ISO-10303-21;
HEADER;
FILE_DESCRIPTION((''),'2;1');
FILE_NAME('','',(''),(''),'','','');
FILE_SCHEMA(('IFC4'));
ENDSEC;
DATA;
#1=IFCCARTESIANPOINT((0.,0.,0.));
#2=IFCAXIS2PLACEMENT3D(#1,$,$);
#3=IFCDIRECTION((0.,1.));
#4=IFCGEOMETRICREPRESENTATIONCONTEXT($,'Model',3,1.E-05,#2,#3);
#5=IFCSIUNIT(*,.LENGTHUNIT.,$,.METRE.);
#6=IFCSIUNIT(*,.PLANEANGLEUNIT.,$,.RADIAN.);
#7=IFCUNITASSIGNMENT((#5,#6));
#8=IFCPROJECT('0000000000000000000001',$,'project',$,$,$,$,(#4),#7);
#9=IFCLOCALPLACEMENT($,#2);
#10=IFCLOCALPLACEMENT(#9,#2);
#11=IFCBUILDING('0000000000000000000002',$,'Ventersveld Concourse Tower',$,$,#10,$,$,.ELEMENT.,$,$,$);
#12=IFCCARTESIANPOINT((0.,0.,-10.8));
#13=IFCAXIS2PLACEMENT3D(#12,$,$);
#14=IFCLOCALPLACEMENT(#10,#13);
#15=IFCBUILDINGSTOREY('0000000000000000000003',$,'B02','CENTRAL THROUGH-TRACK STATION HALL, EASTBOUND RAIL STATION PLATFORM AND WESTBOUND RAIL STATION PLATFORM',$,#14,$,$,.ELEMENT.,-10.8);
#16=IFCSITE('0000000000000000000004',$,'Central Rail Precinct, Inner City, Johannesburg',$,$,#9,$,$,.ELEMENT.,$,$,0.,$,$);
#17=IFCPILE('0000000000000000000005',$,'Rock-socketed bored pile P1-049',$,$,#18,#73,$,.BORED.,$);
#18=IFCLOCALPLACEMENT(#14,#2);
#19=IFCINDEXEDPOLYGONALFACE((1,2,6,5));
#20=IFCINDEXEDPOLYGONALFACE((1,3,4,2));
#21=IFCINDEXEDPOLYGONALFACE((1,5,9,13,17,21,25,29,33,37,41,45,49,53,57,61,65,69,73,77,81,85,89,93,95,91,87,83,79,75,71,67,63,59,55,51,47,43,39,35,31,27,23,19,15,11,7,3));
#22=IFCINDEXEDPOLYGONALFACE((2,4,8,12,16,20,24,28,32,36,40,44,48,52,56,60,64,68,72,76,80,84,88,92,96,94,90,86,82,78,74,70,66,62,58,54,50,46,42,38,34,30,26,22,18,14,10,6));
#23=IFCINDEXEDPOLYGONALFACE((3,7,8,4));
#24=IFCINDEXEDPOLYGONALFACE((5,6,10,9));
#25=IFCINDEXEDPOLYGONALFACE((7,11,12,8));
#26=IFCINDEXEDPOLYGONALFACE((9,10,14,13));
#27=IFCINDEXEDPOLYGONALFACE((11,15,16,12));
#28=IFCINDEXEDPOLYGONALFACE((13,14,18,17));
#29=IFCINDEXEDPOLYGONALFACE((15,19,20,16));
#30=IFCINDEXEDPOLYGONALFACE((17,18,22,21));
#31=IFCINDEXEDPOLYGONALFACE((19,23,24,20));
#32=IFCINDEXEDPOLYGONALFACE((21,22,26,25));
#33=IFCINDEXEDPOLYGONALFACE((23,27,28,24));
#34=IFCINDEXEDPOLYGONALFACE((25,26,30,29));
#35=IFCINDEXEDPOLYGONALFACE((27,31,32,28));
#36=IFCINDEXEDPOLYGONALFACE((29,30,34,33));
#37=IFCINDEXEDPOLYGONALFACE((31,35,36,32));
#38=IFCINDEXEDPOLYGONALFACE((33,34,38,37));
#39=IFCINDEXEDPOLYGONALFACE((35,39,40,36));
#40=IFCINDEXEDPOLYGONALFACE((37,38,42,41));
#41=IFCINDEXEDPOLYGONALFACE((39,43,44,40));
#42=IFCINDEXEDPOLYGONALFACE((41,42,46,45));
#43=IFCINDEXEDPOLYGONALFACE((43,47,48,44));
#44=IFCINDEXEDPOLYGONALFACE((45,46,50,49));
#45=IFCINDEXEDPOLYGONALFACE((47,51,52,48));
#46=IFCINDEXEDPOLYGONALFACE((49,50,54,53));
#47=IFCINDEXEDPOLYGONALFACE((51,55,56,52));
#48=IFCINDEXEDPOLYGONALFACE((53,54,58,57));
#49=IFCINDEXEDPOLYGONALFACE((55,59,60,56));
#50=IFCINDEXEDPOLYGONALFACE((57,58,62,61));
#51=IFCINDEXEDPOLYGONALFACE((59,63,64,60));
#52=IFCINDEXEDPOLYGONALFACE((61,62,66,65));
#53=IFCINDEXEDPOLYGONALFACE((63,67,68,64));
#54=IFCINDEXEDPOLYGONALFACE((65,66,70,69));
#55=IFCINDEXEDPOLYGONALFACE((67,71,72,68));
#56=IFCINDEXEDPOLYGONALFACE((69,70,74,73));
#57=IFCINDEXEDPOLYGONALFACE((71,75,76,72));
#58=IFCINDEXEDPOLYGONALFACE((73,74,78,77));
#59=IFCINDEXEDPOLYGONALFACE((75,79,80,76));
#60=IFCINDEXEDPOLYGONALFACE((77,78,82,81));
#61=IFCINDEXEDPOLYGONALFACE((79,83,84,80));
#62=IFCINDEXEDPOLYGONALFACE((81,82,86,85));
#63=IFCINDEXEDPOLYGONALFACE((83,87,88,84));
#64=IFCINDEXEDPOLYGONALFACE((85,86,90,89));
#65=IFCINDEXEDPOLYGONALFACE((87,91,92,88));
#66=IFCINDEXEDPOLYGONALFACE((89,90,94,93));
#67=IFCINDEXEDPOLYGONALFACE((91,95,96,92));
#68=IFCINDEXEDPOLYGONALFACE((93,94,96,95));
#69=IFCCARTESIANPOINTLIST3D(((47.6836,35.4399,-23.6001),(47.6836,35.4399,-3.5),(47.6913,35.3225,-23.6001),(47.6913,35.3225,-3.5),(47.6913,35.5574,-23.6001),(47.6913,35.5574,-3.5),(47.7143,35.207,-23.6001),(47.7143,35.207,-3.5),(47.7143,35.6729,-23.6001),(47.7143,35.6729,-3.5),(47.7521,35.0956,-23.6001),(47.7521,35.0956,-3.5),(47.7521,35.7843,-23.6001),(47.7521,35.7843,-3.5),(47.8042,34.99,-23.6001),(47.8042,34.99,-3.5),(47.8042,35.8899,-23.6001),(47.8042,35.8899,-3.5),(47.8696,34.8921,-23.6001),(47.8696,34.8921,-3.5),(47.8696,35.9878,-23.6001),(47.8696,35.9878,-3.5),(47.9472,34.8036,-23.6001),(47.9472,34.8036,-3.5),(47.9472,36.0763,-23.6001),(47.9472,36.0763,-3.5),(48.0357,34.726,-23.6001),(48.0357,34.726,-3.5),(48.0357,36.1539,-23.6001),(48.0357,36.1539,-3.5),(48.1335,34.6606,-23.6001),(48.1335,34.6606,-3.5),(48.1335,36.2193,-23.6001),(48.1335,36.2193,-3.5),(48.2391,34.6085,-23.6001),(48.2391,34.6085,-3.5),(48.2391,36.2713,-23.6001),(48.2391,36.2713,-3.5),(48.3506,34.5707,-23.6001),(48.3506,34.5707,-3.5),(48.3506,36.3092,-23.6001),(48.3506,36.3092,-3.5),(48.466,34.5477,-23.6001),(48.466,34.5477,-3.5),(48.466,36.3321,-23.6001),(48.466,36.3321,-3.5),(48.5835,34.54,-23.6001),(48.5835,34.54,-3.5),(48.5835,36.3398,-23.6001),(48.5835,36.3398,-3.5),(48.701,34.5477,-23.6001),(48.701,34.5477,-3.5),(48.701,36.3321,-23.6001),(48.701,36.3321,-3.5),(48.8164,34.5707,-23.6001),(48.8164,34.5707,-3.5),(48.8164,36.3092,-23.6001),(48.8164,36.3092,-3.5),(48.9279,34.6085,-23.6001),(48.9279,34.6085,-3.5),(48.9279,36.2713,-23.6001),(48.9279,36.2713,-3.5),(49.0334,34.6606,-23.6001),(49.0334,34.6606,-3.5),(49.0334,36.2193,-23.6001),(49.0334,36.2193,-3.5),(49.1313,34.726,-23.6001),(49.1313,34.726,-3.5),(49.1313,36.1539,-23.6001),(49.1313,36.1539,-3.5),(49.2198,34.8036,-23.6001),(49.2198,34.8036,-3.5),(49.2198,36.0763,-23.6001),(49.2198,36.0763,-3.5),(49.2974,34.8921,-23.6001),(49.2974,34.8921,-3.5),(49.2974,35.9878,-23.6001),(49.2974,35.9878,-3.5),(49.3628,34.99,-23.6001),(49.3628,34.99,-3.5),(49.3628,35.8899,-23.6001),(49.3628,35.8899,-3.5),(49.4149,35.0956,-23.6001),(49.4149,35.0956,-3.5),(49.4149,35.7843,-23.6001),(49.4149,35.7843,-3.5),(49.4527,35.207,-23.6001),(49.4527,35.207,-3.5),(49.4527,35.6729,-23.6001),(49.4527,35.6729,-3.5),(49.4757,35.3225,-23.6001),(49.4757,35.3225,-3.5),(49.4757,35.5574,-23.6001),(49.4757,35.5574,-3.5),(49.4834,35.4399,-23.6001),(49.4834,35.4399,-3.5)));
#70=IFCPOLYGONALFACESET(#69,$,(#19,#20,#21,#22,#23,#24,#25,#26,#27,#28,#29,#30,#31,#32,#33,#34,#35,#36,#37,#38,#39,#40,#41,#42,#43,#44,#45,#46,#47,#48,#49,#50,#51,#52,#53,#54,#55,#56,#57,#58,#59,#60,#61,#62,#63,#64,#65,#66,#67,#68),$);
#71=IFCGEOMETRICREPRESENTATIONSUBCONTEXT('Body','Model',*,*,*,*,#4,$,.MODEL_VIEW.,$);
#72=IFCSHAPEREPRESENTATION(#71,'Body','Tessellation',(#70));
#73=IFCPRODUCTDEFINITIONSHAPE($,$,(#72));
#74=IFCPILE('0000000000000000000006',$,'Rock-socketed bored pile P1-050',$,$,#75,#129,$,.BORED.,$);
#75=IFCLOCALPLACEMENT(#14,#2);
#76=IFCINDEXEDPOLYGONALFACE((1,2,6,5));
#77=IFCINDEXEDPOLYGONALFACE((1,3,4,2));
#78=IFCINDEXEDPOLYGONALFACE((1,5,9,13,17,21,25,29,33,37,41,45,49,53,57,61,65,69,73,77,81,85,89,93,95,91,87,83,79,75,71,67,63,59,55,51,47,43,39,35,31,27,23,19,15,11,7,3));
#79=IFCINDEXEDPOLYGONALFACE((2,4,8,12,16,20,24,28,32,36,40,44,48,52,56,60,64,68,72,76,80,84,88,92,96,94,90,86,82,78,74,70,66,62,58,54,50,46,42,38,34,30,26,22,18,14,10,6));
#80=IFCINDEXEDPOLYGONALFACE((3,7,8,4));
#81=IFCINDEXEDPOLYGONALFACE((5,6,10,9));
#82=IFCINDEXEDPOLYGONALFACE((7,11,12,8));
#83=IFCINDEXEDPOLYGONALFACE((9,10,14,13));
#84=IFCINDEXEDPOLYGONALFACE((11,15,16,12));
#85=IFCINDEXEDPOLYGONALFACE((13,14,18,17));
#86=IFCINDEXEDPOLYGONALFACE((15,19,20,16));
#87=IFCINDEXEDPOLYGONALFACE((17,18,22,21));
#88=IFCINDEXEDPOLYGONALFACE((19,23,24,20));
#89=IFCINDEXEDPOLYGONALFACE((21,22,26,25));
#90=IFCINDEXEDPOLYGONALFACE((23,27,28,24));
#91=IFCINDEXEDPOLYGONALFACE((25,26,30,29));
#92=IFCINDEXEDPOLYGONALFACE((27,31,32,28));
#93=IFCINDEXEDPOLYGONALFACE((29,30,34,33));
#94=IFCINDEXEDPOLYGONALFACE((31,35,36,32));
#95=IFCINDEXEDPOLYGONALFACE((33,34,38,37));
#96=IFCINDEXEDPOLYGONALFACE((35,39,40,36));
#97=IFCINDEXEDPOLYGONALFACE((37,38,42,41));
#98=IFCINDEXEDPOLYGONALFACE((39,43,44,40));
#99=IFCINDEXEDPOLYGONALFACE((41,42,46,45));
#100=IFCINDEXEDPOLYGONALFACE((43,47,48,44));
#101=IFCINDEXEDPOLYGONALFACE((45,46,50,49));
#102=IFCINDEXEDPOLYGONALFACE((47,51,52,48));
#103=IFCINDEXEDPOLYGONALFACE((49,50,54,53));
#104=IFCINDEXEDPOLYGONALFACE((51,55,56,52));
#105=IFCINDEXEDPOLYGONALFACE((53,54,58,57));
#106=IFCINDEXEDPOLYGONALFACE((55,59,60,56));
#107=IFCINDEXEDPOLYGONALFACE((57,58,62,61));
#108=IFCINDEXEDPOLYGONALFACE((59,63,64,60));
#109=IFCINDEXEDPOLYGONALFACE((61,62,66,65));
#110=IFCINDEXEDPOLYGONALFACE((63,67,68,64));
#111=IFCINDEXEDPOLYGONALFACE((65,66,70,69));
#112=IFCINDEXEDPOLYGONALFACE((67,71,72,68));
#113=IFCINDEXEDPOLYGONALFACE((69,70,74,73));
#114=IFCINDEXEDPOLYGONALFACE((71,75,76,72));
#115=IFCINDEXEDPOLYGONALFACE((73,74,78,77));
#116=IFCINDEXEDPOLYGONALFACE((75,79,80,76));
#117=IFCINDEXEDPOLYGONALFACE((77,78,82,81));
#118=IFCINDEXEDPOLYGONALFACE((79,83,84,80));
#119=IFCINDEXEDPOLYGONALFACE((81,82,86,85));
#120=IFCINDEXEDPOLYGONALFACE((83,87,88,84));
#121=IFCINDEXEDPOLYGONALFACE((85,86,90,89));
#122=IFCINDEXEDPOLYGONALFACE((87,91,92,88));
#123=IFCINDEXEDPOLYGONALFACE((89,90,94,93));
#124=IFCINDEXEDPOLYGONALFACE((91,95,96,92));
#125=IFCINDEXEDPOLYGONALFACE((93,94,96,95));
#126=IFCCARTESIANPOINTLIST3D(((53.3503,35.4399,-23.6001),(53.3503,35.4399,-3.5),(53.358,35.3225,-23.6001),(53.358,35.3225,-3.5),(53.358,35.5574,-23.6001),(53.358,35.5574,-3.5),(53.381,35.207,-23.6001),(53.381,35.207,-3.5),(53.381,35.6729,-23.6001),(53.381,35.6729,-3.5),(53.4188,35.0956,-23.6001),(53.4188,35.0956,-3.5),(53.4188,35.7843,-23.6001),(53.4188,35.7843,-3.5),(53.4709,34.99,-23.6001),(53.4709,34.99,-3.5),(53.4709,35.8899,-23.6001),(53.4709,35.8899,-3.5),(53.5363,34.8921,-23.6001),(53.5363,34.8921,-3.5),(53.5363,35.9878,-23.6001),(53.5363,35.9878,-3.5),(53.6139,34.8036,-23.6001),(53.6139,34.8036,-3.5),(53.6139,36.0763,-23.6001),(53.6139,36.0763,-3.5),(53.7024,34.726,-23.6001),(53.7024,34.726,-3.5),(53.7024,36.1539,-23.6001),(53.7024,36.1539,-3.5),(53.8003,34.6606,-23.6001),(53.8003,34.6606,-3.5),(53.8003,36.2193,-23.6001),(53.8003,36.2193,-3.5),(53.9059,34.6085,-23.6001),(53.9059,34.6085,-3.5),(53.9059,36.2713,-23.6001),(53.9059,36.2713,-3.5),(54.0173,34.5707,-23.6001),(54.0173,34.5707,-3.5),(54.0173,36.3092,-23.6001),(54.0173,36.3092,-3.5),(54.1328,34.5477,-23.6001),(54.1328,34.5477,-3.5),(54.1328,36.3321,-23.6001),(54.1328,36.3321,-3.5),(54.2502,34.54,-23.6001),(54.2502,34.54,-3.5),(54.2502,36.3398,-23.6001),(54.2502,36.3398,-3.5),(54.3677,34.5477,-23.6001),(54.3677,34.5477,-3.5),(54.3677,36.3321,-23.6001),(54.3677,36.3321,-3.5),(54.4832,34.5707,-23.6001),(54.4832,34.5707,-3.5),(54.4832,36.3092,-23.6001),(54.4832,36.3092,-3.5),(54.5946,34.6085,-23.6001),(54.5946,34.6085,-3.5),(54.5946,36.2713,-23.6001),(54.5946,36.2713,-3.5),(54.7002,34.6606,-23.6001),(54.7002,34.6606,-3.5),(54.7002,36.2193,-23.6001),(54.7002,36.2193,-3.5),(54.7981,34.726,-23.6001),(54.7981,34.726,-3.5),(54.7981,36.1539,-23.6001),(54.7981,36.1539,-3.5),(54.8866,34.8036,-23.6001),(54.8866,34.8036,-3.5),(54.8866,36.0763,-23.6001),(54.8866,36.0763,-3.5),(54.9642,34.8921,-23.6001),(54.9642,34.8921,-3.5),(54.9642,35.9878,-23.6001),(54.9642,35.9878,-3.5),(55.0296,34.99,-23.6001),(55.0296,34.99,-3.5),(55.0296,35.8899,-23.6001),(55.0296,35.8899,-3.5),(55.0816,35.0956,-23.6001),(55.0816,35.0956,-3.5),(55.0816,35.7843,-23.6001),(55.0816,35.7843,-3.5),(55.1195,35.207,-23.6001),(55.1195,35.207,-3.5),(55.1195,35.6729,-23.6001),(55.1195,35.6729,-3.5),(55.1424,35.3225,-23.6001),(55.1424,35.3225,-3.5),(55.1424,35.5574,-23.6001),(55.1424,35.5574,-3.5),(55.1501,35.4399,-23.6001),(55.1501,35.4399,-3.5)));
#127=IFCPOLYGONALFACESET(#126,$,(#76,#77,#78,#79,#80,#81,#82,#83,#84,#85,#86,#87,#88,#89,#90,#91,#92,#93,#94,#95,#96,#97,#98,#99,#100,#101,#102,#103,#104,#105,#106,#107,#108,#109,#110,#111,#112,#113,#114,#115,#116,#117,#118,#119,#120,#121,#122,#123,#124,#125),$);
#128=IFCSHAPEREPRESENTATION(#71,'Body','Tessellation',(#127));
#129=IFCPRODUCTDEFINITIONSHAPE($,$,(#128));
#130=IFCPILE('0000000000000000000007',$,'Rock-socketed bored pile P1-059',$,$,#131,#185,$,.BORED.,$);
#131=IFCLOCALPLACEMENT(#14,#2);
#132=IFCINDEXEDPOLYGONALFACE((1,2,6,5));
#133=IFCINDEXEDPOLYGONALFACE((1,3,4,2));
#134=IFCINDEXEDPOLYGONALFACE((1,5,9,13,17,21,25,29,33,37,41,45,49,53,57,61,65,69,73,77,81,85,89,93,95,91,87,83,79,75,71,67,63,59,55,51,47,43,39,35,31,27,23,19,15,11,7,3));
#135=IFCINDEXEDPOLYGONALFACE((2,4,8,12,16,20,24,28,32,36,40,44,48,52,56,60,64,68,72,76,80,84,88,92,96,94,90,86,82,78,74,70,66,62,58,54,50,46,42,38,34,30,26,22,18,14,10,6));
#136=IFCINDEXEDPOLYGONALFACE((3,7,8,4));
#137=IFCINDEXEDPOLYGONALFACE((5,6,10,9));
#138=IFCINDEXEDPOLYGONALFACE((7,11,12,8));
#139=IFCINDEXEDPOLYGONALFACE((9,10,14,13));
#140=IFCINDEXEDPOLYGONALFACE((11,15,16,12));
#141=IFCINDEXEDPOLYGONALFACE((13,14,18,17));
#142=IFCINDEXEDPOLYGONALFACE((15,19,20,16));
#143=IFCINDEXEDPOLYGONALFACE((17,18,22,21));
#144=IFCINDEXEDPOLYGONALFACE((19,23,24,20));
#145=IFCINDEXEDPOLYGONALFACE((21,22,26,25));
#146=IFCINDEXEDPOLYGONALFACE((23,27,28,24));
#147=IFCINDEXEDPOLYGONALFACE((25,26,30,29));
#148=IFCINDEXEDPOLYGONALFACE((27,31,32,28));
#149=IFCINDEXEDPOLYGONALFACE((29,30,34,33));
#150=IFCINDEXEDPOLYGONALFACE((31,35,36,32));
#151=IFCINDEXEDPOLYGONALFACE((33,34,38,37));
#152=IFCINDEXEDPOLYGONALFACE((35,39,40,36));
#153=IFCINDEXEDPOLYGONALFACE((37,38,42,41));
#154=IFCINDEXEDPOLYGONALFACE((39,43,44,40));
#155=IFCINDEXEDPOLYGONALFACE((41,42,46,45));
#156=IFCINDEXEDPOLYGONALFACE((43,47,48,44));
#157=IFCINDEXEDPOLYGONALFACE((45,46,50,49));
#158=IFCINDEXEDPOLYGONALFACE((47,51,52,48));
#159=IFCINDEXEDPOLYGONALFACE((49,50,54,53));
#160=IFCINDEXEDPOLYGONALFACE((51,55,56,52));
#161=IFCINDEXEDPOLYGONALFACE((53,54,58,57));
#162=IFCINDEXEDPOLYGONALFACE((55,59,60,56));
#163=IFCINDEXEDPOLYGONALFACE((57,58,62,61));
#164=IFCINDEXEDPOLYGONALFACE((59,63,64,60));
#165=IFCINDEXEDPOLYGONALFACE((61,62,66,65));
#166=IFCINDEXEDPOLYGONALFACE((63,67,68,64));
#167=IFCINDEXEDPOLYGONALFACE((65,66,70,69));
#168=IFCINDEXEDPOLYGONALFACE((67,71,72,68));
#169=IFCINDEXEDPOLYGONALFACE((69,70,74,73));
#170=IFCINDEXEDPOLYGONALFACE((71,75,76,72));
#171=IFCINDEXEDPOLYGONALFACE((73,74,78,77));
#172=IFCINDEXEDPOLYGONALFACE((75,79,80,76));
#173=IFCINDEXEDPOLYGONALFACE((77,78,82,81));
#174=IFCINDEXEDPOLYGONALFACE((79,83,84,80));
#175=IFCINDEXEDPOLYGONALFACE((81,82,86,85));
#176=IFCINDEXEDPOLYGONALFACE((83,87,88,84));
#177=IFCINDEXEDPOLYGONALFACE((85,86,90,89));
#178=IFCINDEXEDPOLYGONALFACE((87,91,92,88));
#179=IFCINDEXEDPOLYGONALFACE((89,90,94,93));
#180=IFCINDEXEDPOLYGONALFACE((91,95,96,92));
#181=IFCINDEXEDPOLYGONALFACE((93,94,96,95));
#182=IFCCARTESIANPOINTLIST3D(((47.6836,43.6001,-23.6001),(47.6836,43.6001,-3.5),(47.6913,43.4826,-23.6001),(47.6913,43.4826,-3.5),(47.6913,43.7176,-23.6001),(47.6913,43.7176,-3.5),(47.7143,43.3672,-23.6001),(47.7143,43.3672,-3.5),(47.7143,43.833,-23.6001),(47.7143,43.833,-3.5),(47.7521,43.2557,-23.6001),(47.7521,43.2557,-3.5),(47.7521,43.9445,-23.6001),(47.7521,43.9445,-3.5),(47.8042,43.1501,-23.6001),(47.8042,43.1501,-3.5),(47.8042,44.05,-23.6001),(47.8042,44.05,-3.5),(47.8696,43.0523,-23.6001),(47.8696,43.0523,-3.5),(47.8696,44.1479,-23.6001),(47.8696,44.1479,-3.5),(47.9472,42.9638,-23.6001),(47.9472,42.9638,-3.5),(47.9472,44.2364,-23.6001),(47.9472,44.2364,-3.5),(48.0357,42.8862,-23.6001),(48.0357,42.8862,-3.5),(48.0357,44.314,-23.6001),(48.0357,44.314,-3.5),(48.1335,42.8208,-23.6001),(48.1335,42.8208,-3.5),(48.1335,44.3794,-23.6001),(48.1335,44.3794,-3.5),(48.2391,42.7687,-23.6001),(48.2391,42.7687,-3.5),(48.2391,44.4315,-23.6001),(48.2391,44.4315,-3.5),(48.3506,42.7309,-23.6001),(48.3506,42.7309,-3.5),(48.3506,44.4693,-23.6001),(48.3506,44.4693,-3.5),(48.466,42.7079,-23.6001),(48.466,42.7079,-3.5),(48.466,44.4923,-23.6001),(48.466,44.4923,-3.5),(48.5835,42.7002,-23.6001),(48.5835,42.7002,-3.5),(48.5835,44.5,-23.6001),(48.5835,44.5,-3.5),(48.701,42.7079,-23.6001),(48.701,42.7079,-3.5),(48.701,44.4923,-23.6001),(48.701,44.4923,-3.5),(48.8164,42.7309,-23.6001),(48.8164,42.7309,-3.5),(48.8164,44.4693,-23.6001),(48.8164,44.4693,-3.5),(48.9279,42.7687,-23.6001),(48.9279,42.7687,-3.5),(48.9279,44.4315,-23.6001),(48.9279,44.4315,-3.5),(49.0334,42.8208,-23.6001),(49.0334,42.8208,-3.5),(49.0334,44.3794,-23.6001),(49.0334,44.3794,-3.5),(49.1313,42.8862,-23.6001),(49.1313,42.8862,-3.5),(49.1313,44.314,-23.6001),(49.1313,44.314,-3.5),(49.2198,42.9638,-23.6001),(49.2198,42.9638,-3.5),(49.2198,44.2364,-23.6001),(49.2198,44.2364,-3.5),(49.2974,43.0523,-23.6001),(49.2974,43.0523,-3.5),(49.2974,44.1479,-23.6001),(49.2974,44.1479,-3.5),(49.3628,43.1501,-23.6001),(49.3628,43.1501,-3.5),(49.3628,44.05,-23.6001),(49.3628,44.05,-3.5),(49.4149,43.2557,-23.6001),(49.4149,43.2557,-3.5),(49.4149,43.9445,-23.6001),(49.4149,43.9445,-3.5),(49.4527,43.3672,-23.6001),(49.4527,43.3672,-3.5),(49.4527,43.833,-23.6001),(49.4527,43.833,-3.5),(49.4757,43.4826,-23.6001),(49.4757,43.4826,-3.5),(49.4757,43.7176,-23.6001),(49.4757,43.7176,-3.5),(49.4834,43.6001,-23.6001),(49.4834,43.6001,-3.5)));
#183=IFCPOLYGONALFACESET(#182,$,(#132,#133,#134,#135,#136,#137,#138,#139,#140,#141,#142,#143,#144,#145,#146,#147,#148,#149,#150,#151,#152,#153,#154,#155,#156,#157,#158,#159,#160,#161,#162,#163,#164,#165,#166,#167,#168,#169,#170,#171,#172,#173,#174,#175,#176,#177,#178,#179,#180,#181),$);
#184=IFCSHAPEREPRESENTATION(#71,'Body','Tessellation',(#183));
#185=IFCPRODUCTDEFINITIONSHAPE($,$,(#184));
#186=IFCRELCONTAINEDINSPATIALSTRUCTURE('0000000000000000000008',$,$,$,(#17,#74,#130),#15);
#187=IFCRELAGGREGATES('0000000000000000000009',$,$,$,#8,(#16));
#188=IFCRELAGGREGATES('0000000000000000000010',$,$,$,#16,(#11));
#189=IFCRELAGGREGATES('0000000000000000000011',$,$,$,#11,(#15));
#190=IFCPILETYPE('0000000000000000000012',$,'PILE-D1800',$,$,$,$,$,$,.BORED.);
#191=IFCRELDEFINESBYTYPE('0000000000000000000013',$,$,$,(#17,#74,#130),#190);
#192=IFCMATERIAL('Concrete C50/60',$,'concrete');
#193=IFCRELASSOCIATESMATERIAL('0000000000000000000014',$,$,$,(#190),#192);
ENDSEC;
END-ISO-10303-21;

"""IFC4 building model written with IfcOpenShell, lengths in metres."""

from ifc_helpers import new_model, si_unit, direction, frame, origin, origin_2d, place, context, subcontext, project, spatial, circle, extrude, material, material_profile, profile_set, type_object, element, save


model = new_model("IFC4")

# Units and contexts
model_context = context("Model", 3, precision=1e-05, world=origin(), true_north=direction((0.0, 1.0)))
body_context = subcontext(model_context, "Body", "Model", "MODEL_VIEW")
ifc_project = project(units=[si_unit("LENGTHUNIT", "METRE"), si_unit("PLANEANGLEUNIT", "RADIAN")], contexts=[model_context])

# Site, building, storey
site_placement = place(None, origin())
site = spatial("IfcSite", under=ifc_project, at=site_placement, Name="Central Rail Precinct, Inner City, Johannesburg", CompositionType="ELEMENT", RefElevation=0.0)
building_placement = place(site_placement, origin())
building = spatial("IfcBuilding", under=site, at=building_placement, Name="Ventersveld Concourse Tower", CompositionType="ELEMENT")
storey_placement = place(building_placement, frame((0.0, 0.0, -10.8)))
storey = spatial("IfcBuildingStorey", under=building, at=storey_placement, Name="B02", Description="CENTRAL THROUGH-TRACK STATION HALL, EASTBOUND RAIL STATION PLATFORM AND WESTBOUND RAIL STATION PLATFORM", CompositionType="ELEMENT", Elevation=-10.8)

# Shared definitions
ifc_material_1 = material(Name="Concrete C50/60", Category="concrete")

# Piles
ifc_material_profile_1 = material_profile(ifc_material_1, circle(Radius=0.8999, at=origin_2d()), Name="PILE D1800")
ifc_profile_set_1 = profile_set([ifc_material_profile_1], Name="Concrete C50/60")
pile_type_1 = type_object("IfcPileType", Name="PILE-D1800", PredefinedType="BORED", material=ifc_profile_set_1)
for number, where, z_axis, x_axis, name in (
    (1, (48.5835, 35.4399, -3.5), (0.0, 0.0, -1.0), (1.0, 0.0, 0.0), "Rock-socketed bored pile P1-049"),
    (2, (54.2502, 35.4399, -3.5), (0.0, 0.0, -1.0), (1.0, 0.0, 0.0), "Rock-socketed bored pile P1-050"),
    (3, (48.5835, 43.6001, -3.5), (0.0, 0.0, -1.0), (1.0, 0.0, 0.0), "Rock-socketed bored pile P1-059"),
):
    element("IfcPile", number, at=place(storey_placement, frame(where, z_axis=z_axis, x_axis=x_axis)), inside=storey, type_object=pile_type_1, Name=name, PredefinedType="BORED", context=body_context, shape_type="SweptSolid", body=[
        extrude(circle(Radius=0.8999, at=origin_2d()), origin(), (0.0, 0.0, 1.0), 20.1001),
    ])

save(model, "model.ifc")
